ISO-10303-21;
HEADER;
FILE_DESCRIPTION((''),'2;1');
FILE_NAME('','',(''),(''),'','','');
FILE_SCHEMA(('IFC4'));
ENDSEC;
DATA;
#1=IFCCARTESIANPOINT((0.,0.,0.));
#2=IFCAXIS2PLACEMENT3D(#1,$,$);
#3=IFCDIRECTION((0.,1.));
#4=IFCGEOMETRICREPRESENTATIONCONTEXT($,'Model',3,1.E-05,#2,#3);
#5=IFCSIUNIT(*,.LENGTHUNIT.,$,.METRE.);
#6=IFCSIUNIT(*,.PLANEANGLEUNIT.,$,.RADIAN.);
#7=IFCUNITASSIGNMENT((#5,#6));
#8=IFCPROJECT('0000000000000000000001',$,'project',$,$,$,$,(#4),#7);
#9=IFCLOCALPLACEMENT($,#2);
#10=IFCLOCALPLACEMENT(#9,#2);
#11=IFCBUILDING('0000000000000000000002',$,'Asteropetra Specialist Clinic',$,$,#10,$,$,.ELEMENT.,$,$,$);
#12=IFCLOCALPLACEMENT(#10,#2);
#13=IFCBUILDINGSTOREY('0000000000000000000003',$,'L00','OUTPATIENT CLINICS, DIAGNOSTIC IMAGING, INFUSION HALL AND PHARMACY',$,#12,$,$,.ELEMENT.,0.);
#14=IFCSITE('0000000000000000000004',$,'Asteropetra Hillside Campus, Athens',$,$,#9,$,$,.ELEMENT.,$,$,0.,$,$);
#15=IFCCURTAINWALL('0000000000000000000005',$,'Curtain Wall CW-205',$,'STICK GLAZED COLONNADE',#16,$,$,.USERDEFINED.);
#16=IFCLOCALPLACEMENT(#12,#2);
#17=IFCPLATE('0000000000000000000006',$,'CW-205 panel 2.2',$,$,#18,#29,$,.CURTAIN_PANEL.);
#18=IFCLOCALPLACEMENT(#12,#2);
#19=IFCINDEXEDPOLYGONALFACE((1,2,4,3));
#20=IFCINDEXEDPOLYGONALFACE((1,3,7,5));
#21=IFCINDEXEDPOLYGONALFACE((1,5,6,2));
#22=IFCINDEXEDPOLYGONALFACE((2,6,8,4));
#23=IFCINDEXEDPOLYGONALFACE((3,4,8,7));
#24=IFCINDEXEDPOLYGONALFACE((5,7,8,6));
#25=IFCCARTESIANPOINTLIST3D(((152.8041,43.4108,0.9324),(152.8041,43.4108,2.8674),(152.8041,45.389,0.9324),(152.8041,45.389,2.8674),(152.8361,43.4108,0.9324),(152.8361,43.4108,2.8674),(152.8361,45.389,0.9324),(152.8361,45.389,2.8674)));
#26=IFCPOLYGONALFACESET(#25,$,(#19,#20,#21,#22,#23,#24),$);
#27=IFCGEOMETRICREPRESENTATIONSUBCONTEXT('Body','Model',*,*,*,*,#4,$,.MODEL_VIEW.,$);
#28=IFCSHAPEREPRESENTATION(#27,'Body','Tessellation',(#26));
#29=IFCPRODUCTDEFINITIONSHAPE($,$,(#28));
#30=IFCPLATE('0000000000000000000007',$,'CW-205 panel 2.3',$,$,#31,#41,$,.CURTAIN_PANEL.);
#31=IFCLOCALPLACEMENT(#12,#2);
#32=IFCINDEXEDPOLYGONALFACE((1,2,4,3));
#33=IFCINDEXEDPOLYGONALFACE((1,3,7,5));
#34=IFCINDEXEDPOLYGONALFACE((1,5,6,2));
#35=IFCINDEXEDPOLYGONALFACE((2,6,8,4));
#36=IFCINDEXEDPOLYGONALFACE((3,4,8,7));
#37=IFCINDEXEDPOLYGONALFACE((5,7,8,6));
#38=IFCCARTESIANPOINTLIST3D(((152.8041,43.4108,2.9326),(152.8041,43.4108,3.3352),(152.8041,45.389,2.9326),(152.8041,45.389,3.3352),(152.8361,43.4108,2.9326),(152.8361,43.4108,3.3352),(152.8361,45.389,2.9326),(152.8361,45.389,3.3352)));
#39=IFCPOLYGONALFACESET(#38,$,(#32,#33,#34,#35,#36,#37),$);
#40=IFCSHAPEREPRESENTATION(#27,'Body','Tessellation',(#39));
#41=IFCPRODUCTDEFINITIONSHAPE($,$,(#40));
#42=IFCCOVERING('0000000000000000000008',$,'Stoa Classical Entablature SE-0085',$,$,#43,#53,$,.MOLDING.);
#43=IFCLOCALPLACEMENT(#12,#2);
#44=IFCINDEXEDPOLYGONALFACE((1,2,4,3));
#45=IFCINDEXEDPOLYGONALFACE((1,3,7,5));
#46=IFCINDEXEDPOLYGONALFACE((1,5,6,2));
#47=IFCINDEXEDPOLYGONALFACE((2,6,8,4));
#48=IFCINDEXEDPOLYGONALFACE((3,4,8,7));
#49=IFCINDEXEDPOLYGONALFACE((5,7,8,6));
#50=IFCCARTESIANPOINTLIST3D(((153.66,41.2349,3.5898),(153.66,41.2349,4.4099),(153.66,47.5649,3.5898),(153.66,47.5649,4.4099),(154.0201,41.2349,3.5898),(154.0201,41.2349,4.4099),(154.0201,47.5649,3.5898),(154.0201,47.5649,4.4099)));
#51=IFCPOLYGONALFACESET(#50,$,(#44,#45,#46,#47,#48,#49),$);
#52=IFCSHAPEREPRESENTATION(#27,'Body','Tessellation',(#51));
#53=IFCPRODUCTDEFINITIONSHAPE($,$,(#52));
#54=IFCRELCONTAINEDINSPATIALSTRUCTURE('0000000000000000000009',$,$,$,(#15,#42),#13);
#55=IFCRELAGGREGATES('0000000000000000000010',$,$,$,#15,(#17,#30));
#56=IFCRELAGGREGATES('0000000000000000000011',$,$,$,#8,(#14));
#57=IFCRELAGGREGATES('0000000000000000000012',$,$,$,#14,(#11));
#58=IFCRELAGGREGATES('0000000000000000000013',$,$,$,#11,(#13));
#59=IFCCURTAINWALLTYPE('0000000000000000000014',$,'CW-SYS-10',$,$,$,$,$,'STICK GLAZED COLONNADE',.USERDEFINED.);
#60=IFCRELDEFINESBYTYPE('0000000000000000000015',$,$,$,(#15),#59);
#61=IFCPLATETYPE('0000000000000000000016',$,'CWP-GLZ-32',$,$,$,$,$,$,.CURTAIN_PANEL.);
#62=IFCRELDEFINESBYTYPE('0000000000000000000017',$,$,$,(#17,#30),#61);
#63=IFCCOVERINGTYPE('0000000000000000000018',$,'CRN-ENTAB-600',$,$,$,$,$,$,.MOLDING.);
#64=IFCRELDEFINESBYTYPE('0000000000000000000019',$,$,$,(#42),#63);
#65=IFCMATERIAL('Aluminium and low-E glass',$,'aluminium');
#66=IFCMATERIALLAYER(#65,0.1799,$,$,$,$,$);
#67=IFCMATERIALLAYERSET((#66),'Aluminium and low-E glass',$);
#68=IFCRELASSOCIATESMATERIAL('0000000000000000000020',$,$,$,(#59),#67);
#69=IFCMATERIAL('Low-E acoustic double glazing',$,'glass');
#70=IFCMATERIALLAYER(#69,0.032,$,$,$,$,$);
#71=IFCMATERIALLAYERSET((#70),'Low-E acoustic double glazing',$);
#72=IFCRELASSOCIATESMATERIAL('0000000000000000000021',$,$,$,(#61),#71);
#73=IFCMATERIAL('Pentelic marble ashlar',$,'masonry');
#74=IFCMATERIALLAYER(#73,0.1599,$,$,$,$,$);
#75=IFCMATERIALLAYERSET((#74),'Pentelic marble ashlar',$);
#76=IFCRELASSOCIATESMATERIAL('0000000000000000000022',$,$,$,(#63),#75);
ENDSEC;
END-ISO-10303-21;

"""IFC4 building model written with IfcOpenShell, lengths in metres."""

from ifc_helpers import new_model, si_unit, direction, frame, origin, origin_2d, place, context, subcontext, project, spatial, rectangle, extrude, material, layer, layer_set, type_object, element, aggregate, save


model = new_model("IFC4")

# Units and contexts
model_context = context("Model", 3, precision=1e-05, world=origin(), true_north=direction((0.0, 1.0)))
body_context = subcontext(model_context, "Body", "Model", "MODEL_VIEW")
ifc_project = project(units=[si_unit("LENGTHUNIT", "METRE"), si_unit("PLANEANGLEUNIT", "RADIAN")], contexts=[model_context])

# Site, building, storey
site_placement = place(None, origin())
site = spatial("IfcSite", under=ifc_project, at=site_placement, Name="Asteropetra Hillside Campus, Athens", CompositionType="ELEMENT", RefElevation=0.0)
building_placement = place(site_placement, origin())
building = spatial("IfcBuilding", under=site, at=building_placement, Name="Asteropetra Specialist Clinic", CompositionType="ELEMENT")
storey_placement = place(building_placement, origin())
storey = spatial("IfcBuildingStorey", under=building, at=storey_placement, Name="L00", Description="OUTPATIENT CLINICS, DIAGNOSTIC IMAGING, INFUSION HALL AND PHARMACY", CompositionType="ELEMENT", Elevation=0.0)

# Curtain wall, plates
ifc_material_1 = material(Name="Aluminium and low-E glass", Category="aluminium")
ifc_layer_1 = layer(ifc_material_1, 0.1799)
ifc_layer_set_1 = layer_set([ifc_layer_1], Name="Aluminium and low-E glass")
curtain_wall_type = type_object("IfcCurtainWallType", Name="CW-SYS-10", ElementType="STICK GLAZED COLONNADE", PredefinedType="USERDEFINED", material=ifc_layer_set_1)
curtain_wall_placement = place(storey_placement, origin())
curtain_wall = element("IfcCurtainWall", 1, at=curtain_wall_placement, inside=storey, type_object=curtain_wall_type, Name="Curtain Wall CW-205", ObjectType="STICK GLAZED COLONNADE", PredefinedType="USERDEFINED")
ifc_material_2 = material(Name="Low-E acoustic double glazing", Category="glass")
ifc_layer_2 = layer(ifc_material_2, 0.032)
ifc_layer_set_2 = layer_set([ifc_layer_2], Name="Low-E acoustic double glazing")
plate_type = type_object("IfcPlateType", Name="CWP-GLZ-32", PredefinedType="CURTAIN_PANEL", material=ifc_layer_set_2)
plate_1_placement = place(storey_placement, frame((152.8201, 44.3999, 0.9324), z_axis=(0.0, 0.0, 1.0), x_axis=(0.0, 1.0, 0.0)))
plate_1 = element("IfcPlate", 2, at=plate_1_placement, type_object=plate_type, Name="CW-205 panel 2.2", PredefinedType="CURTAIN_PANEL", context=body_context, shape_type="SweptSolid", body=[
    extrude(rectangle(XDim=1.9783, YDim=0.032, at=origin_2d()), origin(), (0.0, 0.0, 1.0), 1.9351),
])
plate_2_placement = place(storey_placement, frame((152.8201, 44.3999, 2.9326), z_axis=(0.0, 0.0, 1.0), x_axis=(0.0, 1.0, 0.0)))
plate_2 = element("IfcPlate", 3, at=plate_2_placement, type_object=plate_type, Name="CW-205 panel 2.3", PredefinedType="CURTAIN_PANEL", context=body_context, shape_type="SweptSolid", body=[
    extrude(rectangle(XDim=1.9783, YDim=0.032, at=origin_2d()), origin(), (0.0, 0.0, 1.0), 0.4026),
])
aggregate(curtain_wall, [plate_1, plate_2])

# Covering
ifc_material_3 = material(Name="Pentelic marble ashlar", Category="masonry")
ifc_layer_3 = layer(ifc_material_3, 0.1599)
ifc_layer_set_3 = layer_set([ifc_layer_3], Name="Pentelic marble ashlar")
covering_type = type_object("IfcCoveringType", Name="CRN-ENTAB-600", PredefinedType="MOLDING", material=ifc_layer_set_3)
covering_placement = place(storey_placement, frame((153.8401, 44.3999, 3.5898), z_axis=(0.0, 0.0, 1.0), x_axis=(1.0, 0.0, 0.0)))
element("IfcCovering", 4, at=covering_placement, inside=storey, type_object=covering_type, Name="Stoa Classical Entablature SE-0085", PredefinedType="MOLDING", context=body_context, shape_type="SweptSolid", body=[
    extrude(rectangle(XDim=0.3601, YDim=6.3301, at=origin_2d()), origin(), (0.0, 0.0, 1.0), 0.8201),
])

save(model, "model.ifc")
